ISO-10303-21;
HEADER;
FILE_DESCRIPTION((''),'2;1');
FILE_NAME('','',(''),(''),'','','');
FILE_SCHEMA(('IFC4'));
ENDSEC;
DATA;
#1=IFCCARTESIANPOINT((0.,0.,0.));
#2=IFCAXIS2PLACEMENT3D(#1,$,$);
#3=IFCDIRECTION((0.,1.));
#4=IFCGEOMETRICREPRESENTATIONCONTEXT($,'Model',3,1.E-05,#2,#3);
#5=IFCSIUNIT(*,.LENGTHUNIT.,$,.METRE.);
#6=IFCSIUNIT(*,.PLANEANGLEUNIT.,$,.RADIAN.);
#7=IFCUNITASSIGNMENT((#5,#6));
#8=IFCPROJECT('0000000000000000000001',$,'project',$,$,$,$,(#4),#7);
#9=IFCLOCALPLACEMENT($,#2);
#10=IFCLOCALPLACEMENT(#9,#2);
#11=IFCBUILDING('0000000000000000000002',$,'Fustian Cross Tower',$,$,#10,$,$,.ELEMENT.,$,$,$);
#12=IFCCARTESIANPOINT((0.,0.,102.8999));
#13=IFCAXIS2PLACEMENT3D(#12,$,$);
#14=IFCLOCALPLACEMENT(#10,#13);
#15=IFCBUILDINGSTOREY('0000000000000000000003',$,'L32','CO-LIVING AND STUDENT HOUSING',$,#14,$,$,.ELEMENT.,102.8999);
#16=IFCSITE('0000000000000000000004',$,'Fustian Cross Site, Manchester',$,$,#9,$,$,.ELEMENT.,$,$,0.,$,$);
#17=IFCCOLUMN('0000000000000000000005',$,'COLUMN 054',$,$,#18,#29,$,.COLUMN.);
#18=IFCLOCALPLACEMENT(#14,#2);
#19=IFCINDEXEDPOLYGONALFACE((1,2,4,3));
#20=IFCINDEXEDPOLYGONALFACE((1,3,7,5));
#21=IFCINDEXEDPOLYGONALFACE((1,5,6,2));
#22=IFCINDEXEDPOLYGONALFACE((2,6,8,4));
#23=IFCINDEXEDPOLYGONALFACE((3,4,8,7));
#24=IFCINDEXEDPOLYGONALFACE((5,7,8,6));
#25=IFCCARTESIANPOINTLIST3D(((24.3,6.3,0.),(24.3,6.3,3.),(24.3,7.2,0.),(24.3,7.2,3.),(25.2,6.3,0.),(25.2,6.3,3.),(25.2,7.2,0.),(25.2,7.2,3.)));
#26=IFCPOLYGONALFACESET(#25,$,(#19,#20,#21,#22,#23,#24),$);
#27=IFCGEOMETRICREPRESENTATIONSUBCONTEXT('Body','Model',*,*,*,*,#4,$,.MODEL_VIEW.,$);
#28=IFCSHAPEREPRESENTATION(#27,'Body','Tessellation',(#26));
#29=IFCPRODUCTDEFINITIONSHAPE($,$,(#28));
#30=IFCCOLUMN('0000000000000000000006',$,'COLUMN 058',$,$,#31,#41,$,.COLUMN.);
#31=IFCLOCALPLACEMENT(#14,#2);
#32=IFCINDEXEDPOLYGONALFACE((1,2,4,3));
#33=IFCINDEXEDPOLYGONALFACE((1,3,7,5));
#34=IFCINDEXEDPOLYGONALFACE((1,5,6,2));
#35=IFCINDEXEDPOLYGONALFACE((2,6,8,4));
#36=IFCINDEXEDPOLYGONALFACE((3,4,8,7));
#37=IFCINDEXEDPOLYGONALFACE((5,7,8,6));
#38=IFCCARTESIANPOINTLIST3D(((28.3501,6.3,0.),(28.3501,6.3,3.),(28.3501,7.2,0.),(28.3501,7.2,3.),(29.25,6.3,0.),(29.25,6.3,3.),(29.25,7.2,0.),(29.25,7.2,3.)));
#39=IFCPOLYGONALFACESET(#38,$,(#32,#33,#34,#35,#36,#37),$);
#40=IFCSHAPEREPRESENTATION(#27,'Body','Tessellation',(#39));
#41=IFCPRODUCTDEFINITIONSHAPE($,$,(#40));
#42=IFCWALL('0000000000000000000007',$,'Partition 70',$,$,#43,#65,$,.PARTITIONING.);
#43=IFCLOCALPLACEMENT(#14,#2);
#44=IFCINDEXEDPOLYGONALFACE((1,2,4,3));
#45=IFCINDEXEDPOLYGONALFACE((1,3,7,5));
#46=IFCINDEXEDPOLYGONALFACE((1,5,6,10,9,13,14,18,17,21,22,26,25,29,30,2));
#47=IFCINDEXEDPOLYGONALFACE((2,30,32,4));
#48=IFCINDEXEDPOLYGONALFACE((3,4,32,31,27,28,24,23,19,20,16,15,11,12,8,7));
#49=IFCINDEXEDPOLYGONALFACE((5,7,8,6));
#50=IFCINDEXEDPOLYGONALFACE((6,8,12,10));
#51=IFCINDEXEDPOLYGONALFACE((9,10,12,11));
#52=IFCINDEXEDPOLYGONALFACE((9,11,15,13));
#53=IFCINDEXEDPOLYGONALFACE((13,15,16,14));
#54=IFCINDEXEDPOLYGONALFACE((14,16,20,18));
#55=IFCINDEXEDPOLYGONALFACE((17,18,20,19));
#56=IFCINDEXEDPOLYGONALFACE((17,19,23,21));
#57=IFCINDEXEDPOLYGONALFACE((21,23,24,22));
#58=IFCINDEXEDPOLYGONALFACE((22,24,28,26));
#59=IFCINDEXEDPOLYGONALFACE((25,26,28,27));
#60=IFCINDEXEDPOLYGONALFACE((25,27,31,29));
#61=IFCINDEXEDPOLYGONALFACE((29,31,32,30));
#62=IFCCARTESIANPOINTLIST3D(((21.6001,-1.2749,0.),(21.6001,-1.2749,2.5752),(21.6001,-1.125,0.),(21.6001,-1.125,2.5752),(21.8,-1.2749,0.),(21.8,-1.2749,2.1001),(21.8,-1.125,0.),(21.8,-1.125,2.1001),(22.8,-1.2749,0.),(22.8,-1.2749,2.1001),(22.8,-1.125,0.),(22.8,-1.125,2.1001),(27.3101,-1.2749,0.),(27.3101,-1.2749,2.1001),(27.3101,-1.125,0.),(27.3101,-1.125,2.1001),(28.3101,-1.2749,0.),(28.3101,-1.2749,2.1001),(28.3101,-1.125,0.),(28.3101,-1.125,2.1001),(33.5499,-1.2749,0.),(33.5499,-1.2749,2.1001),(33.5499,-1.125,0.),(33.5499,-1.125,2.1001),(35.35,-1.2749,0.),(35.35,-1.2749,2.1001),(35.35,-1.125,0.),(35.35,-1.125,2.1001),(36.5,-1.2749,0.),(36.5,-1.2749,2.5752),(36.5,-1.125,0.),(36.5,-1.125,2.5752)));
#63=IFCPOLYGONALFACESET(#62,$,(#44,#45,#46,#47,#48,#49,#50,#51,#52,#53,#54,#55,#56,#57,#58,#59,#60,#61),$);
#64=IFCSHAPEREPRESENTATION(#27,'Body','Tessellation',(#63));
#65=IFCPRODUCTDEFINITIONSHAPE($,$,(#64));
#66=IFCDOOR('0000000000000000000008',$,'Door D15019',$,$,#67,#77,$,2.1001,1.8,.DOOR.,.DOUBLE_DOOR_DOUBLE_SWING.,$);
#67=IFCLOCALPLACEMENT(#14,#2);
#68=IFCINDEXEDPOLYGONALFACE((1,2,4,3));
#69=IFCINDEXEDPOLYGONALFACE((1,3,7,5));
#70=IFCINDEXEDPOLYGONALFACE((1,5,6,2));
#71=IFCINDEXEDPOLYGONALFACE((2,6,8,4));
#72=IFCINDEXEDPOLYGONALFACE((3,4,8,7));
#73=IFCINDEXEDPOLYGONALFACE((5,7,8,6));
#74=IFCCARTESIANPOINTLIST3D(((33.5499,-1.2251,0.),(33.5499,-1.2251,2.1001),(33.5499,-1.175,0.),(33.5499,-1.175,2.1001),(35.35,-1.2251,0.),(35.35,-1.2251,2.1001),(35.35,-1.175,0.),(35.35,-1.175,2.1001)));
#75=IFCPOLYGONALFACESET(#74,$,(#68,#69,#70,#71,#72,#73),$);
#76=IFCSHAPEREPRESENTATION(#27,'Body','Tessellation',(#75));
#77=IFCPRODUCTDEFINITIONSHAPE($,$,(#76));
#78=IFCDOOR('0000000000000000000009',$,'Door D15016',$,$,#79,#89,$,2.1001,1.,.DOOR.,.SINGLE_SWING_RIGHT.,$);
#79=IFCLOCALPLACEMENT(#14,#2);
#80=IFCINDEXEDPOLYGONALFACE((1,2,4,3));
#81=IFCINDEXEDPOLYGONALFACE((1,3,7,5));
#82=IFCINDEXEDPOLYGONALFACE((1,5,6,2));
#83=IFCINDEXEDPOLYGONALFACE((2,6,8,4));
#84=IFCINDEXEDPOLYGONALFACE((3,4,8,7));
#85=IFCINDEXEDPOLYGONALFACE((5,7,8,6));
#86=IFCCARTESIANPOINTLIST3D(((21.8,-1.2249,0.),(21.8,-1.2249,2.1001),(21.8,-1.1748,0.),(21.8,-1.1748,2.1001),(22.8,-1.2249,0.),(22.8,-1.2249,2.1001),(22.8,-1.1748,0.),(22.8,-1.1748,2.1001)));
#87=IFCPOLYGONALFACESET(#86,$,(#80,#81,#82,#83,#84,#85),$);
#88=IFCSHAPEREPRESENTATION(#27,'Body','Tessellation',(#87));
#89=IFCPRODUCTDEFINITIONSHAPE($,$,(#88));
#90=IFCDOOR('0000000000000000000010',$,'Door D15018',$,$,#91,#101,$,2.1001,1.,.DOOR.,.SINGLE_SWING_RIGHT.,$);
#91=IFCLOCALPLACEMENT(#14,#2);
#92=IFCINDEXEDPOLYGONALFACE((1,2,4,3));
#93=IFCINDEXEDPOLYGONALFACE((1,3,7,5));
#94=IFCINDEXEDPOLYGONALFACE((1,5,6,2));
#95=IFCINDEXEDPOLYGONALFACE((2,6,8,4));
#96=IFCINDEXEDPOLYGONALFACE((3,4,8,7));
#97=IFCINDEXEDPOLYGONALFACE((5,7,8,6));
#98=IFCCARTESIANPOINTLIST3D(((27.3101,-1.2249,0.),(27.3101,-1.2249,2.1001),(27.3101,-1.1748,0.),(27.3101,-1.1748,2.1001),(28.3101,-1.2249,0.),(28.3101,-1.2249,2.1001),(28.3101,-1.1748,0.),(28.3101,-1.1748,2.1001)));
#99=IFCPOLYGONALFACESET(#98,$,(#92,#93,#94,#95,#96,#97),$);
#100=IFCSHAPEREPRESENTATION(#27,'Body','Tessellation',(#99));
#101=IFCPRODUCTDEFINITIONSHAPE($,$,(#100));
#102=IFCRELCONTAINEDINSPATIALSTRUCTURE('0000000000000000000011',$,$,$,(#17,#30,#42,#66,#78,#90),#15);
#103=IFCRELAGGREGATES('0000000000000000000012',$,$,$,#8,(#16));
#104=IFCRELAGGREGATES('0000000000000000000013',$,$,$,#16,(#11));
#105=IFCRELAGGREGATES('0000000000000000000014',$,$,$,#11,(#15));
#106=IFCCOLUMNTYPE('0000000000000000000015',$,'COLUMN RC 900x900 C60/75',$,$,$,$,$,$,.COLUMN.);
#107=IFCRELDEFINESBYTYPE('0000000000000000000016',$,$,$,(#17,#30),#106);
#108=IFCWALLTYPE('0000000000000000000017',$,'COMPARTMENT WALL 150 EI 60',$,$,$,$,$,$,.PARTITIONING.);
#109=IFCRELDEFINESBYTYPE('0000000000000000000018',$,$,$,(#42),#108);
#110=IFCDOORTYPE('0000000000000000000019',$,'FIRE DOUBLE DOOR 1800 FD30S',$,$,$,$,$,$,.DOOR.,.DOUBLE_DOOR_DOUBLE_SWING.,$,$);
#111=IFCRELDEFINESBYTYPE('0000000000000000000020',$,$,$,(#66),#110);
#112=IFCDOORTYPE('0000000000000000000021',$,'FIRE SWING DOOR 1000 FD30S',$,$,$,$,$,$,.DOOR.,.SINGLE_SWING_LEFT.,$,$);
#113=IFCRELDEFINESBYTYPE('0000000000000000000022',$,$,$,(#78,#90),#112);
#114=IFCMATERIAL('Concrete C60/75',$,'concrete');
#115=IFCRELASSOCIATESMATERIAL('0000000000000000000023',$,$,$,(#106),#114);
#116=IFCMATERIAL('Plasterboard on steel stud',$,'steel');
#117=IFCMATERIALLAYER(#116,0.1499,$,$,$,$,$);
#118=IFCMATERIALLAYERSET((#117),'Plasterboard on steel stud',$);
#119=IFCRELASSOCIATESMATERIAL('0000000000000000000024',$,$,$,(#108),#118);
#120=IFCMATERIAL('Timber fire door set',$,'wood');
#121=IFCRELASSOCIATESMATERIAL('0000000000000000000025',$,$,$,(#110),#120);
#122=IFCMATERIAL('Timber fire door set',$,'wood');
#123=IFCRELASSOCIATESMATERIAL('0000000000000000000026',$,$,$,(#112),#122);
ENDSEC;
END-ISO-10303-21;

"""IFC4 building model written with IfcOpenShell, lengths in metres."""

from ifc_helpers import new_model, si_unit, direction, frame, frame_2d, origin, origin_2d, place, context, subcontext, project, spatial, rectangle, extrude, material, layer, layer_set, material_profile, profile_set, type_object, element, fill, save


model = new_model("IFC4")

# Units and contexts
model_context = context("Model", 3, precision=1e-05, world=origin(), true_north=direction((0.0, 1.0)))
body_context = subcontext(model_context, "Body", "Model", "MODEL_VIEW")
ifc_project = project(units=[si_unit("LENGTHUNIT", "METRE"), si_unit("PLANEANGLEUNIT", "RADIAN")], contexts=[model_context])

# Site, building, storey
site_placement = place(None, origin())
site = spatial("IfcSite", under=ifc_project, at=site_placement, Name="Fustian Cross Site, Manchester", CompositionType="ELEMENT", RefElevation=0.0)
building_placement = place(site_placement, origin())
building = spatial("IfcBuilding", under=site, at=building_placement, Name="Fustian Cross Tower", CompositionType="ELEMENT")
storey_placement = place(building_placement, frame((0.0, 0.0, 102.8999)))
storey = spatial("IfcBuildingStorey", under=building, at=storey_placement, Name="L32", Description="CO-LIVING AND STUDENT HOUSING", CompositionType="ELEMENT", Elevation=102.8999)

# Columns
ifc_material_1 = material(Name="Concrete C60/75", Category="concrete")
ifc_material_profile = material_profile(ifc_material_1, rectangle(XDim=0.8999, YDim=0.8999, at=origin_2d()), Name="RC 900x900")
ifc_profile_set = profile_set([ifc_material_profile], Name="Concrete C60/75")
column_type = type_object("IfcColumnType", Name="COLUMN RC 900x900 C60/75", PredefinedType="COLUMN", material=ifc_profile_set)
for number, where, z_axis, x_axis, name in (
    (1, (24.75, 6.75, 0.0), (0.0, 0.0, 1.0), (1.0, 0.0, 0.0), "COLUMN 054"),
    (2, (28.8, 6.75, 0.0), (0.0, 0.0, 1.0), (1.0, 0.0, 0.0), "COLUMN 058"),
):
    element("IfcColumn", number, at=place(storey_placement, frame(where, z_axis=z_axis, x_axis=x_axis)), inside=storey, type_object=column_type, Name=name, PredefinedType="COLUMN", context=body_context, shape_type="SweptSolid", body=[
        extrude(rectangle(XDim=0.8999, YDim=0.8999, at=origin_2d()), origin(), (0.0, 0.0, 1.0), 3.0),
    ])

# Wall, openings, doors
ifc_material_2 = material(Name="Plasterboard on steel stud", Category="steel")
ifc_layer_1 = layer(ifc_material_2, 0.1499)
ifc_layer_set_1 = layer_set([ifc_layer_1], Name="Plasterboard on steel stud")
wall_type_1 = type_object("IfcWallType", Name="COMPARTMENT WALL 150 EI 60", PredefinedType="PARTITIONING", material=ifc_layer_set_1)
wall_1_placement = place(storey_placement, frame((21.6001, -1.2, 0.0), z_axis=(0.0, 0.0, 1.0), x_axis=(1.0, 0.0, 0.0)))
wall_1 = element("IfcWall", 3, at=wall_1_placement, inside=storey, type_object=wall_type_1, Name="Partition 70", PredefinedType="PARTITIONING", context=body_context, shape_type="SweptSolid", body=[
    extrude(rectangle(XDim=14.8999, YDim=0.1499, at=frame_2d((7.45, 0.0))), origin(), (0.0, 0.0, 1.0), 2.5752),
])
opening_1_placement = place(wall_1_placement, frame((0.2, 0.0, 0.0)))
opening_1 = element("IfcOpeningElement", 4, at=opening_1_placement, cuts=wall_1, PredefinedType="OPENING", context=body_context, shape_type="SweptSolid", body=[
    extrude(rectangle(XDim=1.0, YDim=2.1001, at=frame_2d((0.5, 1.05))), frame((0.0, 0.085, 0.0), z_axis=(0.0, -1.0, 0.0), x_axis=(1.0, 0.0, 0.0)), (0.0, 0.0, 1.0), 0.1699),
])
opening_2_placement = place(wall_1_placement, frame((5.71, 0.0, 0.0)))
opening_2 = element("IfcOpeningElement", 5, at=opening_2_placement, cuts=wall_1, PredefinedType="OPENING", context=body_context, shape_type="SweptSolid", body=[
    extrude(rectangle(XDim=1.0, YDim=2.1001, at=frame_2d((0.5, 1.05))), frame((0.0, 0.085, 0.0), z_axis=(0.0, -1.0, 0.0), x_axis=(1.0, 0.0, 0.0)), (0.0, 0.0, 1.0), 0.1699),
])
opening_3_placement = place(wall_1_placement, frame((11.95, 0.0, 0.0)))
opening_3 = element("IfcOpeningElement", 6, at=opening_3_placement, cuts=wall_1, PredefinedType="OPENING", context=body_context, shape_type="SweptSolid", body=[
    extrude(rectangle(XDim=1.8, YDim=2.1001, at=frame_2d((0.8999, 1.05))), frame((0.0, 0.085, 0.0), z_axis=(0.0, -1.0, 0.0), x_axis=(1.0, 0.0, 0.0)), (0.0, 0.0, 1.0), 0.1699),
])
ifc_material_3 = material(Name="Timber fire door set", Category="wood")
door_type_1 = type_object("IfcDoorType", Name="FIRE DOUBLE DOOR 1800 FD30S", OperationType="DOUBLE_DOOR_DOUBLE_SWING", PredefinedType="DOOR", material=ifc_material_3)
door_1_placement = place(opening_3_placement, origin())
door_1 = element("IfcDoor", 7, at=door_1_placement, inside=storey, type_object=door_type_1, Name="Door D15019", OperationType="DOUBLE_DOOR_DOUBLE_SWING", OverallHeight=2.1001, OverallWidth=1.8, PredefinedType="DOOR", context=body_context, shape_type="SweptSolid", body=[
    extrude(rectangle(XDim=1.8, YDim=2.1001, at=frame_2d((0.8999, 1.05))), frame((0.0, 0.0249, 0.0), z_axis=(0.0, -1.0, 0.0), x_axis=(1.0, 0.0, 0.0)), (0.0, 0.0, 1.0), 0.05),
])
fill(opening_3, door_1)
ifc_material_4 = material(Name="Timber fire door set", Category="wood")
door_type_2 = type_object("IfcDoorType", Name="FIRE SWING DOOR 1000 FD30S", OperationType="SINGLE_SWING_LEFT", PredefinedType="DOOR", material=ifc_material_4)
door_2_placement = place(opening_1_placement, frame((1.0, 0.0, 0.0), z_axis=(0.0, 0.0, 1.0), x_axis=(-1.0, 0.0, 0.0)))
door_2 = element("IfcDoor", 8, at=door_2_placement, inside=storey, type_object=door_type_2, Name="Door D15016", OperationType="SINGLE_SWING_RIGHT", OverallHeight=2.1001, OverallWidth=1.0, PredefinedType="DOOR", context=body_context, shape_type="SweptSolid", body=[
    extrude(rectangle(XDim=1.0, YDim=2.1001, at=frame_2d((0.5, 1.05))), frame((0.0, 0.0249, 0.0), z_axis=(0.0, -1.0, 0.0), x_axis=(1.0, 0.0, 0.0)), (0.0, 0.0, 1.0), 0.05),
])
fill(opening_1, door_2)
door_3_placement = place(opening_2_placement, frame((1.0, 0.0, 0.0), z_axis=(0.0, 0.0, 1.0), x_axis=(-1.0, 0.0, 0.0)))
door_3 = element("IfcDoor", 9, at=door_3_placement, inside=storey, type_object=door_type_2, Name="Door D15018", OperationType="SINGLE_SWING_RIGHT", OverallHeight=2.1001, OverallWidth=1.0, PredefinedType="DOOR", context=body_context, shape_type="SweptSolid", body=[
    extrude(rectangle(XDim=1.0, YDim=2.1001, at=frame_2d((0.5, 1.05))), frame((0.0, 0.0249, 0.0), z_axis=(0.0, -1.0, 0.0), x_axis=(1.0, 0.0, 0.0)), (0.0, 0.0, 1.0), 0.05),
])
fill(opening_2, door_3)

save(model, "model.ifc")
